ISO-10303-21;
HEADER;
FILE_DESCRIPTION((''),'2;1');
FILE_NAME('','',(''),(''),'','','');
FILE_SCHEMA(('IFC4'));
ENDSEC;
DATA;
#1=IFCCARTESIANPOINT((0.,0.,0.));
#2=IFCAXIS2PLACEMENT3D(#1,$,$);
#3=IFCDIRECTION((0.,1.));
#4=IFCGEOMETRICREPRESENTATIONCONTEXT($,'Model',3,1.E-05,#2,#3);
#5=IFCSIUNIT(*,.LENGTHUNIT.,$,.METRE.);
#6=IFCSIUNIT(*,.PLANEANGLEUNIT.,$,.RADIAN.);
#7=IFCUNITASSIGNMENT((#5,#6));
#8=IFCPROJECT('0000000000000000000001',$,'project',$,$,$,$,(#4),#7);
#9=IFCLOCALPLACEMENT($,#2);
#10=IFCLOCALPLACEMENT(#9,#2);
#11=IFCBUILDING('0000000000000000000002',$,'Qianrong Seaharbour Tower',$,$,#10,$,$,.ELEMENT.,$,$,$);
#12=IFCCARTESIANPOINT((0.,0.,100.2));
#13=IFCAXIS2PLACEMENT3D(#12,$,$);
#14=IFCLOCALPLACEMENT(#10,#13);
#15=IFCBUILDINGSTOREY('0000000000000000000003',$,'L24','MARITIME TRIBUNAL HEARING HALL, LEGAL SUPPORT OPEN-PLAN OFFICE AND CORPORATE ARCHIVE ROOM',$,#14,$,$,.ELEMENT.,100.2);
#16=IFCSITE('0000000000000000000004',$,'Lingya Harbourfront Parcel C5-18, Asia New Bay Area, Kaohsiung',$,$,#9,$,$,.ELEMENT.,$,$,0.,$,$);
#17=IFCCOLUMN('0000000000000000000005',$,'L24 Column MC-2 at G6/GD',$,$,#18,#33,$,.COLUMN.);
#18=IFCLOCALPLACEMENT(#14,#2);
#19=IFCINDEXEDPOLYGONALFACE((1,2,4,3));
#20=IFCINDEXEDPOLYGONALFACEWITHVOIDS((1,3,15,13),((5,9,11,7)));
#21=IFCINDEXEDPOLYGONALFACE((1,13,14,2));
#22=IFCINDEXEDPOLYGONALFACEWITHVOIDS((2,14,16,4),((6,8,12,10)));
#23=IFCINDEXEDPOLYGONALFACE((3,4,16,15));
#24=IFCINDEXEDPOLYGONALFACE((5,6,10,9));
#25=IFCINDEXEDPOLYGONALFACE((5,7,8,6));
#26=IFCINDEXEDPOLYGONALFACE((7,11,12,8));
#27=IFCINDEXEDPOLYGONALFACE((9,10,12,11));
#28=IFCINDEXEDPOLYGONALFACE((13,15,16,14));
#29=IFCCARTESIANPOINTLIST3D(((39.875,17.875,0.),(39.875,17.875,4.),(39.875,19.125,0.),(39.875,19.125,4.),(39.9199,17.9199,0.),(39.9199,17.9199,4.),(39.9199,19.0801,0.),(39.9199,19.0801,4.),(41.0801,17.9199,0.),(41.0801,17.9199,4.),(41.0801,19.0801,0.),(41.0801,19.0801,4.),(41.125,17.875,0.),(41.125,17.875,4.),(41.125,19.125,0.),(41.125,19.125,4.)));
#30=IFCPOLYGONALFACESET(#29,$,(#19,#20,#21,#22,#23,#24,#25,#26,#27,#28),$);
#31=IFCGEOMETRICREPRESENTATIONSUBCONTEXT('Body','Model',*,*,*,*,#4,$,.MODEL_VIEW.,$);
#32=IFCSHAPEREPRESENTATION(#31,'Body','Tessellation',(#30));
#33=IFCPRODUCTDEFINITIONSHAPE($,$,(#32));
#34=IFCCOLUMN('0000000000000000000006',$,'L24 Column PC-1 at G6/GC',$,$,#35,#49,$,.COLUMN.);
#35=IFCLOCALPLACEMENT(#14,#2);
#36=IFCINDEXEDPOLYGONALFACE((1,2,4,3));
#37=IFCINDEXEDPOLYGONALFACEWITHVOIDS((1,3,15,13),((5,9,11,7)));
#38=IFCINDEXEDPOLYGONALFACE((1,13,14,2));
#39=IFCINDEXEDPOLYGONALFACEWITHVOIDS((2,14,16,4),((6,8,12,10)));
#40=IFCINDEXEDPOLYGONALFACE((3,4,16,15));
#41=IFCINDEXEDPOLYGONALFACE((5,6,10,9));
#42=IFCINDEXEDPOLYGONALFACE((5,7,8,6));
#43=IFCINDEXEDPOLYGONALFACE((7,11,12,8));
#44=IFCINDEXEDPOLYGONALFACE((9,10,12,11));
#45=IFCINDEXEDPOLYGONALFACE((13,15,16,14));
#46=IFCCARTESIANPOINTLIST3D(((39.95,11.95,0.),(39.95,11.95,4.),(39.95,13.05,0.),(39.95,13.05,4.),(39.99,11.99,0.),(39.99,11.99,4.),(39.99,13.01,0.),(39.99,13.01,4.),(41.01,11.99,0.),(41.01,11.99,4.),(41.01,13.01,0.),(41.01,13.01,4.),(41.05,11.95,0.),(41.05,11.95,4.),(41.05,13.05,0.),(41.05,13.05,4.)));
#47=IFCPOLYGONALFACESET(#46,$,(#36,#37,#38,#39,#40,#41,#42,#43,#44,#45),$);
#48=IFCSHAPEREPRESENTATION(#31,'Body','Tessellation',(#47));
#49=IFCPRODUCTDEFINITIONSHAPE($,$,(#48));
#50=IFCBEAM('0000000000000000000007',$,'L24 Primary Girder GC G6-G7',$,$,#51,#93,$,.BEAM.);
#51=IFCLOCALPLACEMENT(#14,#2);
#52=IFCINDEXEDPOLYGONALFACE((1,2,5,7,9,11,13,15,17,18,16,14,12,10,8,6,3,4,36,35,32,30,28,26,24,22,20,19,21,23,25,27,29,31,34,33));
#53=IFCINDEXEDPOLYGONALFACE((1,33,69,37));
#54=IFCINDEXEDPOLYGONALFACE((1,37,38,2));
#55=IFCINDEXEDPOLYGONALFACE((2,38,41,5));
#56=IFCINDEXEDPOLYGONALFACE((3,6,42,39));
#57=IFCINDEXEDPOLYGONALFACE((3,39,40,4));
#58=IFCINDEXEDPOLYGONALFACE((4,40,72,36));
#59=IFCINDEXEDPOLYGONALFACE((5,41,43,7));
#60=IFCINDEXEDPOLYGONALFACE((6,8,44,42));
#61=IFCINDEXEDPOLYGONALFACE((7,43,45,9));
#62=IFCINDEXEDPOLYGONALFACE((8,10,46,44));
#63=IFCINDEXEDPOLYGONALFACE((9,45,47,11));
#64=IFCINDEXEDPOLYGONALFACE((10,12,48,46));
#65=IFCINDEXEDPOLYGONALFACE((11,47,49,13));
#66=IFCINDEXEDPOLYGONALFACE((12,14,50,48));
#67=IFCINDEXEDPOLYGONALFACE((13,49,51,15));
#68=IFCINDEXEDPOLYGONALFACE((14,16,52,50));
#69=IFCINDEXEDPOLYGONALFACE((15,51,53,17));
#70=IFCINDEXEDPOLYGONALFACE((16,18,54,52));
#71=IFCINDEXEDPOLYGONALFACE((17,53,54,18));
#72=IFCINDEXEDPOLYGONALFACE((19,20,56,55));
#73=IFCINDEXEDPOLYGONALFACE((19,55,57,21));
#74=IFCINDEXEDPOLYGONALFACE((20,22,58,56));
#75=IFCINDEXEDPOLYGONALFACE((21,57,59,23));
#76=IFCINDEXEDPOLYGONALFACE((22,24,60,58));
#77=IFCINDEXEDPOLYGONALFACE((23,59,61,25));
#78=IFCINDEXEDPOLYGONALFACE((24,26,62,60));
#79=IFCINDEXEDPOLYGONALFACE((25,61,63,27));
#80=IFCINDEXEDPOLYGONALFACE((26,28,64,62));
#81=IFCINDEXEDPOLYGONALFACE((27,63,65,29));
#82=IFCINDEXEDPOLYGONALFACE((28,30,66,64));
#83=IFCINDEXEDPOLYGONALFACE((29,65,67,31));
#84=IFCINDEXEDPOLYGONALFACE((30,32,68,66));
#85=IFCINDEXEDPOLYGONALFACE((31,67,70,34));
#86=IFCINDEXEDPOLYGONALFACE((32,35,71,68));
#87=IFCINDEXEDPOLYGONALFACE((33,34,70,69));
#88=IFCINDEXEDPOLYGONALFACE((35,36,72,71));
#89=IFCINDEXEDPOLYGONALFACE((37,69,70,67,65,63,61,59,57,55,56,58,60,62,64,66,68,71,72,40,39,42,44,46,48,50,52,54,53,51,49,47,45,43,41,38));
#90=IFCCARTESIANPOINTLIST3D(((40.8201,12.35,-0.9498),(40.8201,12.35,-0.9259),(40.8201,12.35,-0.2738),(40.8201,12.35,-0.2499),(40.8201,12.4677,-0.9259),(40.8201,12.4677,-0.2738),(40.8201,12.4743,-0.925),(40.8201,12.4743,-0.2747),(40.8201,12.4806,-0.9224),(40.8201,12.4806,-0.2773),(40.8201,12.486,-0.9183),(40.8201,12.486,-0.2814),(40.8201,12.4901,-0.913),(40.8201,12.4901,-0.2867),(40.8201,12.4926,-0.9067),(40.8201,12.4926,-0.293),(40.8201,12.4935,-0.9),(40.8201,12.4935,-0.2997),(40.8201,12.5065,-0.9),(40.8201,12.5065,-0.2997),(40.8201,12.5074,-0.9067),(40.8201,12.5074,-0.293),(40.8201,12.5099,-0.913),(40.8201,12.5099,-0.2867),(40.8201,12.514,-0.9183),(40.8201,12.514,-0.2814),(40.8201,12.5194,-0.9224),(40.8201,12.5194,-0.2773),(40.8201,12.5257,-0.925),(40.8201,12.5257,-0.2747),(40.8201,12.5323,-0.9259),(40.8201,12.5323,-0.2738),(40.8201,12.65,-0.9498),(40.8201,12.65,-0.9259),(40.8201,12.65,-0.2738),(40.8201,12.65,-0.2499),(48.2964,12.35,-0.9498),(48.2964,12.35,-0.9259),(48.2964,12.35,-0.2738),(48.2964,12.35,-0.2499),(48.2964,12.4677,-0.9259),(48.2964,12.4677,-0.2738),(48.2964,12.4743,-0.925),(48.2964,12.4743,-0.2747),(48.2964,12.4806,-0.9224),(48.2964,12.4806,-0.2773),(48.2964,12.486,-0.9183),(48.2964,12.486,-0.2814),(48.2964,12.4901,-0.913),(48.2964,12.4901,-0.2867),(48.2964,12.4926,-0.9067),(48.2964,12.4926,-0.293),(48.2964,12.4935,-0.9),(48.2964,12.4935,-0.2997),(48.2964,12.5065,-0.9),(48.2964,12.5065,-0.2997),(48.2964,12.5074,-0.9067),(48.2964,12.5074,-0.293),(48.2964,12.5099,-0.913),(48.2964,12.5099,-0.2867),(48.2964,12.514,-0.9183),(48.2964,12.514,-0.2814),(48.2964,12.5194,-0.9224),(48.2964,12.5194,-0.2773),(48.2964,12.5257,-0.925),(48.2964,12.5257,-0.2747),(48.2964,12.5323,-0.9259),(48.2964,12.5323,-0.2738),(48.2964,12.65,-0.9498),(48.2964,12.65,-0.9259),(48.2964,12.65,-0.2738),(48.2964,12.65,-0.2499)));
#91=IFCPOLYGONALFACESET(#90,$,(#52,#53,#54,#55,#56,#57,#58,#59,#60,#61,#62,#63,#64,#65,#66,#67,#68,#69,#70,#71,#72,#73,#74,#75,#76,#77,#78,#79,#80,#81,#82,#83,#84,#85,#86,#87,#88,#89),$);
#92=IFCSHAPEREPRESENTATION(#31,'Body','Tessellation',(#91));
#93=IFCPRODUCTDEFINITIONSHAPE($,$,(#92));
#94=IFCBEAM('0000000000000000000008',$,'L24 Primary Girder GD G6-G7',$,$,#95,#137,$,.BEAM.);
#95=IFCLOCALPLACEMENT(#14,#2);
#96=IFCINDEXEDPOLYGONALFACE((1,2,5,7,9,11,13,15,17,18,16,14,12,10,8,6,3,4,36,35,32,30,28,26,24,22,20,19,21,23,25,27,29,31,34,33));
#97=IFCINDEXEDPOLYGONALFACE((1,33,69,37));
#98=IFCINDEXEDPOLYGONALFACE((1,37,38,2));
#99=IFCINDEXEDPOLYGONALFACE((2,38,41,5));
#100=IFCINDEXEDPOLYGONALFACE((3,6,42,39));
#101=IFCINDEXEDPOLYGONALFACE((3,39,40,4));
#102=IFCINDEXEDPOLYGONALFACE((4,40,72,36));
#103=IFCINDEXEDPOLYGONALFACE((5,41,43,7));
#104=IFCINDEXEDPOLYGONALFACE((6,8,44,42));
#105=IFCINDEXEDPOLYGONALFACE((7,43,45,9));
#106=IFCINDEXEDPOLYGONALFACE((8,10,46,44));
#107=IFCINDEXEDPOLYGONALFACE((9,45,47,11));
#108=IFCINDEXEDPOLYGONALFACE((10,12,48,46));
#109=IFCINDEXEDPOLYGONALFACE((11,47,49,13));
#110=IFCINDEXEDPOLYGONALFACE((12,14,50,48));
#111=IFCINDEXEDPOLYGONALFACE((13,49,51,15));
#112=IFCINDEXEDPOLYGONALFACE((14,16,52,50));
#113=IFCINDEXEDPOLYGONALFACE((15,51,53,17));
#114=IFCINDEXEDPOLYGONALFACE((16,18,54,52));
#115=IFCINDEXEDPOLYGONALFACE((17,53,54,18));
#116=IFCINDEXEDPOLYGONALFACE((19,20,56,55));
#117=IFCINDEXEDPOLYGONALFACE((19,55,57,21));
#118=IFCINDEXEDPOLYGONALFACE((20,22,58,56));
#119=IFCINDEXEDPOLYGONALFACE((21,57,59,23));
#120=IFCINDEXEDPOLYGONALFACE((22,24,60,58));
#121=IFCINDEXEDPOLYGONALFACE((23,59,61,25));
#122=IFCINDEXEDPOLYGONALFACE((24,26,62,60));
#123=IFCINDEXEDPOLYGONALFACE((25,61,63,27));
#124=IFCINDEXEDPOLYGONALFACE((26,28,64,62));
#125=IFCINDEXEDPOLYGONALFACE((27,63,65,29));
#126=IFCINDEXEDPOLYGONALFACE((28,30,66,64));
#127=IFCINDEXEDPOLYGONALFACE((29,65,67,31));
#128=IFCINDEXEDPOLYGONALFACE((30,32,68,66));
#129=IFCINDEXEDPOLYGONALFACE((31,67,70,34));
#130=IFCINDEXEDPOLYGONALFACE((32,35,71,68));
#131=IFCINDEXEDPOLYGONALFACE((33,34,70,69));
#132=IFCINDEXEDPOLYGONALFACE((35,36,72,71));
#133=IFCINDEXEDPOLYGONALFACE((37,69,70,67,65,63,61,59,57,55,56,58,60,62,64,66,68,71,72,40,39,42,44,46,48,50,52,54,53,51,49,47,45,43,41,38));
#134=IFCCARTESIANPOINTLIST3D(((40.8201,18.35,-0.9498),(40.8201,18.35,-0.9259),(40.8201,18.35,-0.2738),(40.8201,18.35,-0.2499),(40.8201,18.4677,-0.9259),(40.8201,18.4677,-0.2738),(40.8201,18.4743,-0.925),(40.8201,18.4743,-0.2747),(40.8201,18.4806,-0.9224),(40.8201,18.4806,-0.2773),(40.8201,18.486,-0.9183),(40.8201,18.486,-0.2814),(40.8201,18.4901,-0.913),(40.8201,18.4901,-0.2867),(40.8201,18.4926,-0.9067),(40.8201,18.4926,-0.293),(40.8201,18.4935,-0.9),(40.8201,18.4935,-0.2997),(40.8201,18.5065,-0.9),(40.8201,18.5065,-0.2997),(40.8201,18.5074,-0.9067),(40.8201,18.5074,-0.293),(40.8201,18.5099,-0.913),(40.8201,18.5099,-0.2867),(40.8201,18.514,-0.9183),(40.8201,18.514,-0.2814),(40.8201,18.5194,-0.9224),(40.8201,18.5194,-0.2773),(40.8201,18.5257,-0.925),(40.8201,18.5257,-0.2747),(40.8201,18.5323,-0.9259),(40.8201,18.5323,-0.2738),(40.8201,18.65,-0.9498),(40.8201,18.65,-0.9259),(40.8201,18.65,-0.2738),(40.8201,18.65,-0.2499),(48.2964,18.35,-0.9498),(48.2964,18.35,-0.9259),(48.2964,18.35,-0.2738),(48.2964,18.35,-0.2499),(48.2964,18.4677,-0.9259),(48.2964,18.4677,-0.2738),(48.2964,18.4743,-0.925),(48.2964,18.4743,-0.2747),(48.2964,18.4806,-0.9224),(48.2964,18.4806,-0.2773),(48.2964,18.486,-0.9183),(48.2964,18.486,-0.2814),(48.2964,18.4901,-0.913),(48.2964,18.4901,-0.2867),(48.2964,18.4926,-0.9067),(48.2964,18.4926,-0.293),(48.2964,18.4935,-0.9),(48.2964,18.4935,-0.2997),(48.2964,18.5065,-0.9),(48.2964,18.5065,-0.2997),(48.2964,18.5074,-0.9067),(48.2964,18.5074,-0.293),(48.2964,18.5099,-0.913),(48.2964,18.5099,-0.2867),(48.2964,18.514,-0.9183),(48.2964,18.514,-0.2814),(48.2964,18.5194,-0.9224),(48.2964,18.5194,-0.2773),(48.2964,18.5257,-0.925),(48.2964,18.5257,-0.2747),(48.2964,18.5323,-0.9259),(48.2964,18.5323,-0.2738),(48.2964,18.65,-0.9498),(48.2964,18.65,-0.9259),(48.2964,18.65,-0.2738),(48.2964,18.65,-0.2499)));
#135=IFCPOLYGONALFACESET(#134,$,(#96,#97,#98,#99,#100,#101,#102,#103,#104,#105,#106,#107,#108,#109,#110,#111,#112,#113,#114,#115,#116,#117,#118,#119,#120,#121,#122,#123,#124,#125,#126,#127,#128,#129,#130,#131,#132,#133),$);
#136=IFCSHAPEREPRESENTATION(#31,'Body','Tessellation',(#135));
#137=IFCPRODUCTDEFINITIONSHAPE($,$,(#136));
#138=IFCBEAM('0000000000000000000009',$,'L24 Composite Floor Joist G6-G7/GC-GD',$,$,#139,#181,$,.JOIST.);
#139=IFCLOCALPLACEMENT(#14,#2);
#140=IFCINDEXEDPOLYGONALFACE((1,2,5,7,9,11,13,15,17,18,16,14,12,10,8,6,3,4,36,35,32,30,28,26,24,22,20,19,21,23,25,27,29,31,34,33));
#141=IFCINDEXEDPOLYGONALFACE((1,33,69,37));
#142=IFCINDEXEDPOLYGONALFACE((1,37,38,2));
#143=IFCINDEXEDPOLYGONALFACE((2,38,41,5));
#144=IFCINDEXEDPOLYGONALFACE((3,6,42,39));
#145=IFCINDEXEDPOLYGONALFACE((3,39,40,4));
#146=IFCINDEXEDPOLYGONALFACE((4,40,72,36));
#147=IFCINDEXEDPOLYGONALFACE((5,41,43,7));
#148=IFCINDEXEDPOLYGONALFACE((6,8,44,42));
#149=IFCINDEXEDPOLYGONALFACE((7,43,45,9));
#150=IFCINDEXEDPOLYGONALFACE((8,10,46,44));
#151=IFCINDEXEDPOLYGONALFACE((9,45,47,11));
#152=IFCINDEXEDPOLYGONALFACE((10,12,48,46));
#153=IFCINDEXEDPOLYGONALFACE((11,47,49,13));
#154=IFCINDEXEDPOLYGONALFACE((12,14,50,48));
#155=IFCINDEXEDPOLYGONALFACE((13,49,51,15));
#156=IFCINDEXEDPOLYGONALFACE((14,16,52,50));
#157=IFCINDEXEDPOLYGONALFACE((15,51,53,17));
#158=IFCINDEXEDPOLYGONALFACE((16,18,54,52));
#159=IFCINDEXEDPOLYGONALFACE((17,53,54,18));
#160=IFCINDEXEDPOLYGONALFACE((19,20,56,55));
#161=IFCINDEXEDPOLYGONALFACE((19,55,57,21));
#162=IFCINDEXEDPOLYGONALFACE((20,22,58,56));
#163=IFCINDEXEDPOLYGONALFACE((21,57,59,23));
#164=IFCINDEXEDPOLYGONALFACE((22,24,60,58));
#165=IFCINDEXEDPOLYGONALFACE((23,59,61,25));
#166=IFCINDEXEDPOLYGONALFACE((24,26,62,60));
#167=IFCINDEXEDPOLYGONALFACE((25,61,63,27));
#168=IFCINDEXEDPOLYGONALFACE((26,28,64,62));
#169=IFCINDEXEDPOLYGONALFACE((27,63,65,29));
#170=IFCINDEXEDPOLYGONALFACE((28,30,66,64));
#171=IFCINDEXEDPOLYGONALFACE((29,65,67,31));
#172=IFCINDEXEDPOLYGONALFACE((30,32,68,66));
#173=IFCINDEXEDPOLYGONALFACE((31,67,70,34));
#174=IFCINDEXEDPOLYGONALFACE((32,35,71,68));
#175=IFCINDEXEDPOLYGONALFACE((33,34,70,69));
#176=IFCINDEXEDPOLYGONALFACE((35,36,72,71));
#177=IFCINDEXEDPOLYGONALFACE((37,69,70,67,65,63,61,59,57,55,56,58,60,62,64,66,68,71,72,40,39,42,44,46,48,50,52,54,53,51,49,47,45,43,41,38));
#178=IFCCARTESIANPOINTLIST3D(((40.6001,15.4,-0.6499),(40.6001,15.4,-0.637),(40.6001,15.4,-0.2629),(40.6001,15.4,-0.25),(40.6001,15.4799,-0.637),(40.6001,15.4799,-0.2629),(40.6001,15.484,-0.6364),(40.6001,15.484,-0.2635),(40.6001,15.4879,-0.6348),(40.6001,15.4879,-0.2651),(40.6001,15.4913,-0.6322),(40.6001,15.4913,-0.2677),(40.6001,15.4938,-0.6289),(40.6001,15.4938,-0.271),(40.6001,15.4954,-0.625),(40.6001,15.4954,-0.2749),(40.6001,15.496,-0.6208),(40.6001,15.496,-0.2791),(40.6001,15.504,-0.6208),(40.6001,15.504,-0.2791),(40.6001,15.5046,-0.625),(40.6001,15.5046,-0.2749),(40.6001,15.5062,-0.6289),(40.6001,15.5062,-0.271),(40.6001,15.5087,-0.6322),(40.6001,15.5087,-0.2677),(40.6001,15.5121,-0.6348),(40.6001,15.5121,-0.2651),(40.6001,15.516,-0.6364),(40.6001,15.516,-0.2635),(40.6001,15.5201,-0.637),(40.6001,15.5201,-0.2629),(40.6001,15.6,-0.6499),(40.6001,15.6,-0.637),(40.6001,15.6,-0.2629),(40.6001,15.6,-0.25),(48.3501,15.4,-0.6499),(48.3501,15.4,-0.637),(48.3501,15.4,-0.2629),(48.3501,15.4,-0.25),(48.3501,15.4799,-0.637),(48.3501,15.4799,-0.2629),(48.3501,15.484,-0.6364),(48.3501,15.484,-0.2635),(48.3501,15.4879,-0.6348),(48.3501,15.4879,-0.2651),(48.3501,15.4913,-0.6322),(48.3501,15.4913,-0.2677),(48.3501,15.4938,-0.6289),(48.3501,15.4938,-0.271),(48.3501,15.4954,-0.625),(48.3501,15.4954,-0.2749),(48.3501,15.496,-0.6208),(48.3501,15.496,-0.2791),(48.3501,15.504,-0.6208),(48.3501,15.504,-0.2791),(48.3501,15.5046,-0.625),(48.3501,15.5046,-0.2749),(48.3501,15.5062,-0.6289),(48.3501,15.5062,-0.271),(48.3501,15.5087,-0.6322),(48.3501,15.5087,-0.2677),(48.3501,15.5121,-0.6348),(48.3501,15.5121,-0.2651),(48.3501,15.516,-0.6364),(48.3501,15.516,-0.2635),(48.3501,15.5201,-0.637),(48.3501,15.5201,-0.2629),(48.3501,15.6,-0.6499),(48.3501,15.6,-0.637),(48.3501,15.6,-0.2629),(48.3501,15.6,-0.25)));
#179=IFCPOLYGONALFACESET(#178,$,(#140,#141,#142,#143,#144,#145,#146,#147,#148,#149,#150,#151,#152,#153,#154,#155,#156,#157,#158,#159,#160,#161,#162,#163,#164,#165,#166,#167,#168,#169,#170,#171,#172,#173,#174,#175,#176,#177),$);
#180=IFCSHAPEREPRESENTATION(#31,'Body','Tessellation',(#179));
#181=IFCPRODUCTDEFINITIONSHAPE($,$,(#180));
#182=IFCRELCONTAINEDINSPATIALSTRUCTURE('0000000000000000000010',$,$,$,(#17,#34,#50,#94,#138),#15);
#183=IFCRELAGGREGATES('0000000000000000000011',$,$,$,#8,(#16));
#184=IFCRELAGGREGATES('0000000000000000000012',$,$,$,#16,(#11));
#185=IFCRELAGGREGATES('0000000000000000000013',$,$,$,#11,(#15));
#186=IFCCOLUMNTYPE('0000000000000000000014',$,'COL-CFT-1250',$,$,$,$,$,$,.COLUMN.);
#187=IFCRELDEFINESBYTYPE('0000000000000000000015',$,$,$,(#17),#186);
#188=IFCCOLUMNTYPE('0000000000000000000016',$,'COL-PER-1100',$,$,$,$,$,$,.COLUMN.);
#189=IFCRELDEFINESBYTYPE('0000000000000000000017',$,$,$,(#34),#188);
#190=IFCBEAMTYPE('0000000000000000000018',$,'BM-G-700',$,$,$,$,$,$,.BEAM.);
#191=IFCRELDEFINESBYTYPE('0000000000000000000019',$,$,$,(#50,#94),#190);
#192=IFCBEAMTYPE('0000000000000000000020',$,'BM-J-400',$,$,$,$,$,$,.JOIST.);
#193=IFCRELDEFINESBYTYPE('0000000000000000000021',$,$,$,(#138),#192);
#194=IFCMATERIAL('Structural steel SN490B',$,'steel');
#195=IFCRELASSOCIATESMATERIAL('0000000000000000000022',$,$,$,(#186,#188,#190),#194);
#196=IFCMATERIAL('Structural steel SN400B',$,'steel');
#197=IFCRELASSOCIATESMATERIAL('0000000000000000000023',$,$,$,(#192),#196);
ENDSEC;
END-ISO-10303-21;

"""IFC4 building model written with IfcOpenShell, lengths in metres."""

from ifc_helpers import new_model, si_unit, direction, frame, origin, origin_2d, place, context, subcontext, project, spatial, hollow_rectangle, i_section, extrude, material, material_profile, profile_set, type_object, element, save


model = new_model("IFC4")

# Units and contexts
model_context = context("Model", 3, precision=1e-05, world=origin(), true_north=direction((0.0, 1.0)))
body_context = subcontext(model_context, "Body", "Model", "MODEL_VIEW")
ifc_project = project(units=[si_unit("LENGTHUNIT", "METRE"), si_unit("PLANEANGLEUNIT", "RADIAN")], contexts=[model_context])

# Site, building, storey
site_placement = place(None, origin())
site = spatial("IfcSite", under=ifc_project, at=site_placement, Name="Lingya Harbourfront Parcel C5-18, Asia New Bay Area, Kaohsiung", CompositionType="ELEMENT", RefElevation=0.0)
building_placement = place(site_placement, origin())
building = spatial("IfcBuilding", under=site, at=building_placement, Name="Qianrong Seaharbour Tower", CompositionType="ELEMENT")
storey_placement = place(building_placement, frame((0.0, 0.0, 100.2)))
storey = spatial("IfcBuildingStorey", under=building, at=storey_placement, Name="L24", Description="MARITIME TRIBUNAL HEARING HALL, LEGAL SUPPORT OPEN-PLAN OFFICE AND CORPORATE ARCHIVE ROOM", CompositionType="ELEMENT", Elevation=100.2)

# Columns
ifc_material_1 = material(Name="Structural steel SN490B", Category="steel")
ifc_material_profile_1 = material_profile(ifc_material_1, hollow_rectangle(XDim=1.25, YDim=1.25, WallThickness=0.0449, at=origin_2d()), Name="BOX1250x1250x45")
ifc_profile_set_1 = profile_set([ifc_material_profile_1], Name="Structural steel SN490B")
column_type_1 = type_object("IfcColumnType", Name="COL-CFT-1250", PredefinedType="COLUMN", material=ifc_profile_set_1)
column_1_placement = place(storey_placement, frame((40.5, 18.5, 0.0), z_axis=(0.0, 0.0, 1.0), x_axis=(1.0, 0.0, 0.0)))
element("IfcColumn", 1, at=column_1_placement, inside=storey, type_object=column_type_1, Name="L24 Column MC-2 at G6/GD", PredefinedType="COLUMN", context=body_context, shape_type="SweptSolid", body=[
    extrude(hollow_rectangle(XDim=1.25, YDim=1.25, WallThickness=0.0449, at=origin_2d()), origin(), (0.0, 0.0, 1.0), 4.0),
])
ifc_material_profile_2 = material_profile(ifc_material_1, hollow_rectangle(XDim=1.1001, YDim=1.1001, WallThickness=0.04, at=origin_2d()), Name="BOX1100x1100x40")
ifc_profile_set_2 = profile_set([ifc_material_profile_2], Name="Structural steel SN490B")
column_type_2 = type_object("IfcColumnType", Name="COL-PER-1100", PredefinedType="COLUMN", material=ifc_profile_set_2)
column_2_placement = place(storey_placement, frame((40.5, 12.5, 0.0), z_axis=(0.0, 0.0, 1.0), x_axis=(1.0, 0.0, 0.0)))
element("IfcColumn", 2, at=column_2_placement, inside=storey, type_object=column_type_2, Name="L24 Column PC-1 at G6/GC", PredefinedType="COLUMN", context=body_context, shape_type="SweptSolid", body=[
    extrude(hollow_rectangle(XDim=1.1001, YDim=1.1001, WallThickness=0.04, at=origin_2d()), origin(), (0.0, 0.0, 1.0), 4.0),
])

# Beams
ifc_material_profile_3 = material_profile(ifc_material_1, i_section(OverallWidth=0.3, OverallDepth=0.7, WebThickness=0.0129, FlangeThickness=0.0239, FilletRadius=0.0259, at=origin_2d()), Name="H700x300x13x24")
ifc_profile_set_3 = profile_set([ifc_material_profile_3], Name="Structural steel SN490B")
beam_type_1 = type_object("IfcBeamType", Name="BM-G-700", PredefinedType="BEAM", material=ifc_profile_set_3)
for number, where, z_axis, x_axis, name in (
    (3, (40.8201, 12.5, -0.5999), (1.0, 0.0, 0.0), (0.0, 1.0, 0.0), "L24 Primary Girder GC G6-G7"),
    (4, (40.8201, 18.5, -0.5999), (1.0, 0.0, 0.0), (0.0, 1.0, 0.0), "L24 Primary Girder GD G6-G7"),
):
    element("IfcBeam", number, at=place(storey_placement, frame(where, z_axis=z_axis, x_axis=x_axis)), inside=storey, type_object=beam_type_1, Name=name, PredefinedType="BEAM", context=body_context, shape_type="SweptSolid", body=[
        extrude(i_section(OverallWidth=0.3, OverallDepth=0.7, WebThickness=0.0129, FlangeThickness=0.0239, FilletRadius=0.0259, at=origin_2d()), origin(), (0.0, 0.0, 1.0), 7.4763),
    ])
ifc_material_2 = material(Name="Structural steel SN400B", Category="steel")
ifc_material_profile_4 = material_profile(ifc_material_2, i_section(OverallWidth=0.2, OverallDepth=0.3999, WebThickness=0.0081, FlangeThickness=0.0129, FilletRadius=0.0161, at=origin_2d()), Name="H400x200x8x13")
ifc_profile_set_4 = profile_set([ifc_material_profile_4], Name="Structural steel SN400B")
beam_type_2 = type_object("IfcBeamType", Name="BM-J-400", PredefinedType="JOIST", material=ifc_profile_set_4)
for number, where, z_axis, x_axis, name in (
    (5, (40.6001, 15.5, -0.45), (1.0, 0.0, 0.0), (0.0, 1.0, 0.0), "L24 Composite Floor Joist G6-G7/GC-GD"),
):
    element("IfcBeam", number, at=place(storey_placement, frame(where, z_axis=z_axis, x_axis=x_axis)), inside=storey, type_object=beam_type_2, Name=name, PredefinedType="JOIST", context=body_context, shape_type="SweptSolid", body=[
        extrude(i_section(OverallWidth=0.2, OverallDepth=0.3999, WebThickness=0.0081, FlangeThickness=0.0129, FilletRadius=0.0161, at=origin_2d()), origin(), (0.0, 0.0, 1.0), 7.75),
    ])

save(model, "model.ifc")
